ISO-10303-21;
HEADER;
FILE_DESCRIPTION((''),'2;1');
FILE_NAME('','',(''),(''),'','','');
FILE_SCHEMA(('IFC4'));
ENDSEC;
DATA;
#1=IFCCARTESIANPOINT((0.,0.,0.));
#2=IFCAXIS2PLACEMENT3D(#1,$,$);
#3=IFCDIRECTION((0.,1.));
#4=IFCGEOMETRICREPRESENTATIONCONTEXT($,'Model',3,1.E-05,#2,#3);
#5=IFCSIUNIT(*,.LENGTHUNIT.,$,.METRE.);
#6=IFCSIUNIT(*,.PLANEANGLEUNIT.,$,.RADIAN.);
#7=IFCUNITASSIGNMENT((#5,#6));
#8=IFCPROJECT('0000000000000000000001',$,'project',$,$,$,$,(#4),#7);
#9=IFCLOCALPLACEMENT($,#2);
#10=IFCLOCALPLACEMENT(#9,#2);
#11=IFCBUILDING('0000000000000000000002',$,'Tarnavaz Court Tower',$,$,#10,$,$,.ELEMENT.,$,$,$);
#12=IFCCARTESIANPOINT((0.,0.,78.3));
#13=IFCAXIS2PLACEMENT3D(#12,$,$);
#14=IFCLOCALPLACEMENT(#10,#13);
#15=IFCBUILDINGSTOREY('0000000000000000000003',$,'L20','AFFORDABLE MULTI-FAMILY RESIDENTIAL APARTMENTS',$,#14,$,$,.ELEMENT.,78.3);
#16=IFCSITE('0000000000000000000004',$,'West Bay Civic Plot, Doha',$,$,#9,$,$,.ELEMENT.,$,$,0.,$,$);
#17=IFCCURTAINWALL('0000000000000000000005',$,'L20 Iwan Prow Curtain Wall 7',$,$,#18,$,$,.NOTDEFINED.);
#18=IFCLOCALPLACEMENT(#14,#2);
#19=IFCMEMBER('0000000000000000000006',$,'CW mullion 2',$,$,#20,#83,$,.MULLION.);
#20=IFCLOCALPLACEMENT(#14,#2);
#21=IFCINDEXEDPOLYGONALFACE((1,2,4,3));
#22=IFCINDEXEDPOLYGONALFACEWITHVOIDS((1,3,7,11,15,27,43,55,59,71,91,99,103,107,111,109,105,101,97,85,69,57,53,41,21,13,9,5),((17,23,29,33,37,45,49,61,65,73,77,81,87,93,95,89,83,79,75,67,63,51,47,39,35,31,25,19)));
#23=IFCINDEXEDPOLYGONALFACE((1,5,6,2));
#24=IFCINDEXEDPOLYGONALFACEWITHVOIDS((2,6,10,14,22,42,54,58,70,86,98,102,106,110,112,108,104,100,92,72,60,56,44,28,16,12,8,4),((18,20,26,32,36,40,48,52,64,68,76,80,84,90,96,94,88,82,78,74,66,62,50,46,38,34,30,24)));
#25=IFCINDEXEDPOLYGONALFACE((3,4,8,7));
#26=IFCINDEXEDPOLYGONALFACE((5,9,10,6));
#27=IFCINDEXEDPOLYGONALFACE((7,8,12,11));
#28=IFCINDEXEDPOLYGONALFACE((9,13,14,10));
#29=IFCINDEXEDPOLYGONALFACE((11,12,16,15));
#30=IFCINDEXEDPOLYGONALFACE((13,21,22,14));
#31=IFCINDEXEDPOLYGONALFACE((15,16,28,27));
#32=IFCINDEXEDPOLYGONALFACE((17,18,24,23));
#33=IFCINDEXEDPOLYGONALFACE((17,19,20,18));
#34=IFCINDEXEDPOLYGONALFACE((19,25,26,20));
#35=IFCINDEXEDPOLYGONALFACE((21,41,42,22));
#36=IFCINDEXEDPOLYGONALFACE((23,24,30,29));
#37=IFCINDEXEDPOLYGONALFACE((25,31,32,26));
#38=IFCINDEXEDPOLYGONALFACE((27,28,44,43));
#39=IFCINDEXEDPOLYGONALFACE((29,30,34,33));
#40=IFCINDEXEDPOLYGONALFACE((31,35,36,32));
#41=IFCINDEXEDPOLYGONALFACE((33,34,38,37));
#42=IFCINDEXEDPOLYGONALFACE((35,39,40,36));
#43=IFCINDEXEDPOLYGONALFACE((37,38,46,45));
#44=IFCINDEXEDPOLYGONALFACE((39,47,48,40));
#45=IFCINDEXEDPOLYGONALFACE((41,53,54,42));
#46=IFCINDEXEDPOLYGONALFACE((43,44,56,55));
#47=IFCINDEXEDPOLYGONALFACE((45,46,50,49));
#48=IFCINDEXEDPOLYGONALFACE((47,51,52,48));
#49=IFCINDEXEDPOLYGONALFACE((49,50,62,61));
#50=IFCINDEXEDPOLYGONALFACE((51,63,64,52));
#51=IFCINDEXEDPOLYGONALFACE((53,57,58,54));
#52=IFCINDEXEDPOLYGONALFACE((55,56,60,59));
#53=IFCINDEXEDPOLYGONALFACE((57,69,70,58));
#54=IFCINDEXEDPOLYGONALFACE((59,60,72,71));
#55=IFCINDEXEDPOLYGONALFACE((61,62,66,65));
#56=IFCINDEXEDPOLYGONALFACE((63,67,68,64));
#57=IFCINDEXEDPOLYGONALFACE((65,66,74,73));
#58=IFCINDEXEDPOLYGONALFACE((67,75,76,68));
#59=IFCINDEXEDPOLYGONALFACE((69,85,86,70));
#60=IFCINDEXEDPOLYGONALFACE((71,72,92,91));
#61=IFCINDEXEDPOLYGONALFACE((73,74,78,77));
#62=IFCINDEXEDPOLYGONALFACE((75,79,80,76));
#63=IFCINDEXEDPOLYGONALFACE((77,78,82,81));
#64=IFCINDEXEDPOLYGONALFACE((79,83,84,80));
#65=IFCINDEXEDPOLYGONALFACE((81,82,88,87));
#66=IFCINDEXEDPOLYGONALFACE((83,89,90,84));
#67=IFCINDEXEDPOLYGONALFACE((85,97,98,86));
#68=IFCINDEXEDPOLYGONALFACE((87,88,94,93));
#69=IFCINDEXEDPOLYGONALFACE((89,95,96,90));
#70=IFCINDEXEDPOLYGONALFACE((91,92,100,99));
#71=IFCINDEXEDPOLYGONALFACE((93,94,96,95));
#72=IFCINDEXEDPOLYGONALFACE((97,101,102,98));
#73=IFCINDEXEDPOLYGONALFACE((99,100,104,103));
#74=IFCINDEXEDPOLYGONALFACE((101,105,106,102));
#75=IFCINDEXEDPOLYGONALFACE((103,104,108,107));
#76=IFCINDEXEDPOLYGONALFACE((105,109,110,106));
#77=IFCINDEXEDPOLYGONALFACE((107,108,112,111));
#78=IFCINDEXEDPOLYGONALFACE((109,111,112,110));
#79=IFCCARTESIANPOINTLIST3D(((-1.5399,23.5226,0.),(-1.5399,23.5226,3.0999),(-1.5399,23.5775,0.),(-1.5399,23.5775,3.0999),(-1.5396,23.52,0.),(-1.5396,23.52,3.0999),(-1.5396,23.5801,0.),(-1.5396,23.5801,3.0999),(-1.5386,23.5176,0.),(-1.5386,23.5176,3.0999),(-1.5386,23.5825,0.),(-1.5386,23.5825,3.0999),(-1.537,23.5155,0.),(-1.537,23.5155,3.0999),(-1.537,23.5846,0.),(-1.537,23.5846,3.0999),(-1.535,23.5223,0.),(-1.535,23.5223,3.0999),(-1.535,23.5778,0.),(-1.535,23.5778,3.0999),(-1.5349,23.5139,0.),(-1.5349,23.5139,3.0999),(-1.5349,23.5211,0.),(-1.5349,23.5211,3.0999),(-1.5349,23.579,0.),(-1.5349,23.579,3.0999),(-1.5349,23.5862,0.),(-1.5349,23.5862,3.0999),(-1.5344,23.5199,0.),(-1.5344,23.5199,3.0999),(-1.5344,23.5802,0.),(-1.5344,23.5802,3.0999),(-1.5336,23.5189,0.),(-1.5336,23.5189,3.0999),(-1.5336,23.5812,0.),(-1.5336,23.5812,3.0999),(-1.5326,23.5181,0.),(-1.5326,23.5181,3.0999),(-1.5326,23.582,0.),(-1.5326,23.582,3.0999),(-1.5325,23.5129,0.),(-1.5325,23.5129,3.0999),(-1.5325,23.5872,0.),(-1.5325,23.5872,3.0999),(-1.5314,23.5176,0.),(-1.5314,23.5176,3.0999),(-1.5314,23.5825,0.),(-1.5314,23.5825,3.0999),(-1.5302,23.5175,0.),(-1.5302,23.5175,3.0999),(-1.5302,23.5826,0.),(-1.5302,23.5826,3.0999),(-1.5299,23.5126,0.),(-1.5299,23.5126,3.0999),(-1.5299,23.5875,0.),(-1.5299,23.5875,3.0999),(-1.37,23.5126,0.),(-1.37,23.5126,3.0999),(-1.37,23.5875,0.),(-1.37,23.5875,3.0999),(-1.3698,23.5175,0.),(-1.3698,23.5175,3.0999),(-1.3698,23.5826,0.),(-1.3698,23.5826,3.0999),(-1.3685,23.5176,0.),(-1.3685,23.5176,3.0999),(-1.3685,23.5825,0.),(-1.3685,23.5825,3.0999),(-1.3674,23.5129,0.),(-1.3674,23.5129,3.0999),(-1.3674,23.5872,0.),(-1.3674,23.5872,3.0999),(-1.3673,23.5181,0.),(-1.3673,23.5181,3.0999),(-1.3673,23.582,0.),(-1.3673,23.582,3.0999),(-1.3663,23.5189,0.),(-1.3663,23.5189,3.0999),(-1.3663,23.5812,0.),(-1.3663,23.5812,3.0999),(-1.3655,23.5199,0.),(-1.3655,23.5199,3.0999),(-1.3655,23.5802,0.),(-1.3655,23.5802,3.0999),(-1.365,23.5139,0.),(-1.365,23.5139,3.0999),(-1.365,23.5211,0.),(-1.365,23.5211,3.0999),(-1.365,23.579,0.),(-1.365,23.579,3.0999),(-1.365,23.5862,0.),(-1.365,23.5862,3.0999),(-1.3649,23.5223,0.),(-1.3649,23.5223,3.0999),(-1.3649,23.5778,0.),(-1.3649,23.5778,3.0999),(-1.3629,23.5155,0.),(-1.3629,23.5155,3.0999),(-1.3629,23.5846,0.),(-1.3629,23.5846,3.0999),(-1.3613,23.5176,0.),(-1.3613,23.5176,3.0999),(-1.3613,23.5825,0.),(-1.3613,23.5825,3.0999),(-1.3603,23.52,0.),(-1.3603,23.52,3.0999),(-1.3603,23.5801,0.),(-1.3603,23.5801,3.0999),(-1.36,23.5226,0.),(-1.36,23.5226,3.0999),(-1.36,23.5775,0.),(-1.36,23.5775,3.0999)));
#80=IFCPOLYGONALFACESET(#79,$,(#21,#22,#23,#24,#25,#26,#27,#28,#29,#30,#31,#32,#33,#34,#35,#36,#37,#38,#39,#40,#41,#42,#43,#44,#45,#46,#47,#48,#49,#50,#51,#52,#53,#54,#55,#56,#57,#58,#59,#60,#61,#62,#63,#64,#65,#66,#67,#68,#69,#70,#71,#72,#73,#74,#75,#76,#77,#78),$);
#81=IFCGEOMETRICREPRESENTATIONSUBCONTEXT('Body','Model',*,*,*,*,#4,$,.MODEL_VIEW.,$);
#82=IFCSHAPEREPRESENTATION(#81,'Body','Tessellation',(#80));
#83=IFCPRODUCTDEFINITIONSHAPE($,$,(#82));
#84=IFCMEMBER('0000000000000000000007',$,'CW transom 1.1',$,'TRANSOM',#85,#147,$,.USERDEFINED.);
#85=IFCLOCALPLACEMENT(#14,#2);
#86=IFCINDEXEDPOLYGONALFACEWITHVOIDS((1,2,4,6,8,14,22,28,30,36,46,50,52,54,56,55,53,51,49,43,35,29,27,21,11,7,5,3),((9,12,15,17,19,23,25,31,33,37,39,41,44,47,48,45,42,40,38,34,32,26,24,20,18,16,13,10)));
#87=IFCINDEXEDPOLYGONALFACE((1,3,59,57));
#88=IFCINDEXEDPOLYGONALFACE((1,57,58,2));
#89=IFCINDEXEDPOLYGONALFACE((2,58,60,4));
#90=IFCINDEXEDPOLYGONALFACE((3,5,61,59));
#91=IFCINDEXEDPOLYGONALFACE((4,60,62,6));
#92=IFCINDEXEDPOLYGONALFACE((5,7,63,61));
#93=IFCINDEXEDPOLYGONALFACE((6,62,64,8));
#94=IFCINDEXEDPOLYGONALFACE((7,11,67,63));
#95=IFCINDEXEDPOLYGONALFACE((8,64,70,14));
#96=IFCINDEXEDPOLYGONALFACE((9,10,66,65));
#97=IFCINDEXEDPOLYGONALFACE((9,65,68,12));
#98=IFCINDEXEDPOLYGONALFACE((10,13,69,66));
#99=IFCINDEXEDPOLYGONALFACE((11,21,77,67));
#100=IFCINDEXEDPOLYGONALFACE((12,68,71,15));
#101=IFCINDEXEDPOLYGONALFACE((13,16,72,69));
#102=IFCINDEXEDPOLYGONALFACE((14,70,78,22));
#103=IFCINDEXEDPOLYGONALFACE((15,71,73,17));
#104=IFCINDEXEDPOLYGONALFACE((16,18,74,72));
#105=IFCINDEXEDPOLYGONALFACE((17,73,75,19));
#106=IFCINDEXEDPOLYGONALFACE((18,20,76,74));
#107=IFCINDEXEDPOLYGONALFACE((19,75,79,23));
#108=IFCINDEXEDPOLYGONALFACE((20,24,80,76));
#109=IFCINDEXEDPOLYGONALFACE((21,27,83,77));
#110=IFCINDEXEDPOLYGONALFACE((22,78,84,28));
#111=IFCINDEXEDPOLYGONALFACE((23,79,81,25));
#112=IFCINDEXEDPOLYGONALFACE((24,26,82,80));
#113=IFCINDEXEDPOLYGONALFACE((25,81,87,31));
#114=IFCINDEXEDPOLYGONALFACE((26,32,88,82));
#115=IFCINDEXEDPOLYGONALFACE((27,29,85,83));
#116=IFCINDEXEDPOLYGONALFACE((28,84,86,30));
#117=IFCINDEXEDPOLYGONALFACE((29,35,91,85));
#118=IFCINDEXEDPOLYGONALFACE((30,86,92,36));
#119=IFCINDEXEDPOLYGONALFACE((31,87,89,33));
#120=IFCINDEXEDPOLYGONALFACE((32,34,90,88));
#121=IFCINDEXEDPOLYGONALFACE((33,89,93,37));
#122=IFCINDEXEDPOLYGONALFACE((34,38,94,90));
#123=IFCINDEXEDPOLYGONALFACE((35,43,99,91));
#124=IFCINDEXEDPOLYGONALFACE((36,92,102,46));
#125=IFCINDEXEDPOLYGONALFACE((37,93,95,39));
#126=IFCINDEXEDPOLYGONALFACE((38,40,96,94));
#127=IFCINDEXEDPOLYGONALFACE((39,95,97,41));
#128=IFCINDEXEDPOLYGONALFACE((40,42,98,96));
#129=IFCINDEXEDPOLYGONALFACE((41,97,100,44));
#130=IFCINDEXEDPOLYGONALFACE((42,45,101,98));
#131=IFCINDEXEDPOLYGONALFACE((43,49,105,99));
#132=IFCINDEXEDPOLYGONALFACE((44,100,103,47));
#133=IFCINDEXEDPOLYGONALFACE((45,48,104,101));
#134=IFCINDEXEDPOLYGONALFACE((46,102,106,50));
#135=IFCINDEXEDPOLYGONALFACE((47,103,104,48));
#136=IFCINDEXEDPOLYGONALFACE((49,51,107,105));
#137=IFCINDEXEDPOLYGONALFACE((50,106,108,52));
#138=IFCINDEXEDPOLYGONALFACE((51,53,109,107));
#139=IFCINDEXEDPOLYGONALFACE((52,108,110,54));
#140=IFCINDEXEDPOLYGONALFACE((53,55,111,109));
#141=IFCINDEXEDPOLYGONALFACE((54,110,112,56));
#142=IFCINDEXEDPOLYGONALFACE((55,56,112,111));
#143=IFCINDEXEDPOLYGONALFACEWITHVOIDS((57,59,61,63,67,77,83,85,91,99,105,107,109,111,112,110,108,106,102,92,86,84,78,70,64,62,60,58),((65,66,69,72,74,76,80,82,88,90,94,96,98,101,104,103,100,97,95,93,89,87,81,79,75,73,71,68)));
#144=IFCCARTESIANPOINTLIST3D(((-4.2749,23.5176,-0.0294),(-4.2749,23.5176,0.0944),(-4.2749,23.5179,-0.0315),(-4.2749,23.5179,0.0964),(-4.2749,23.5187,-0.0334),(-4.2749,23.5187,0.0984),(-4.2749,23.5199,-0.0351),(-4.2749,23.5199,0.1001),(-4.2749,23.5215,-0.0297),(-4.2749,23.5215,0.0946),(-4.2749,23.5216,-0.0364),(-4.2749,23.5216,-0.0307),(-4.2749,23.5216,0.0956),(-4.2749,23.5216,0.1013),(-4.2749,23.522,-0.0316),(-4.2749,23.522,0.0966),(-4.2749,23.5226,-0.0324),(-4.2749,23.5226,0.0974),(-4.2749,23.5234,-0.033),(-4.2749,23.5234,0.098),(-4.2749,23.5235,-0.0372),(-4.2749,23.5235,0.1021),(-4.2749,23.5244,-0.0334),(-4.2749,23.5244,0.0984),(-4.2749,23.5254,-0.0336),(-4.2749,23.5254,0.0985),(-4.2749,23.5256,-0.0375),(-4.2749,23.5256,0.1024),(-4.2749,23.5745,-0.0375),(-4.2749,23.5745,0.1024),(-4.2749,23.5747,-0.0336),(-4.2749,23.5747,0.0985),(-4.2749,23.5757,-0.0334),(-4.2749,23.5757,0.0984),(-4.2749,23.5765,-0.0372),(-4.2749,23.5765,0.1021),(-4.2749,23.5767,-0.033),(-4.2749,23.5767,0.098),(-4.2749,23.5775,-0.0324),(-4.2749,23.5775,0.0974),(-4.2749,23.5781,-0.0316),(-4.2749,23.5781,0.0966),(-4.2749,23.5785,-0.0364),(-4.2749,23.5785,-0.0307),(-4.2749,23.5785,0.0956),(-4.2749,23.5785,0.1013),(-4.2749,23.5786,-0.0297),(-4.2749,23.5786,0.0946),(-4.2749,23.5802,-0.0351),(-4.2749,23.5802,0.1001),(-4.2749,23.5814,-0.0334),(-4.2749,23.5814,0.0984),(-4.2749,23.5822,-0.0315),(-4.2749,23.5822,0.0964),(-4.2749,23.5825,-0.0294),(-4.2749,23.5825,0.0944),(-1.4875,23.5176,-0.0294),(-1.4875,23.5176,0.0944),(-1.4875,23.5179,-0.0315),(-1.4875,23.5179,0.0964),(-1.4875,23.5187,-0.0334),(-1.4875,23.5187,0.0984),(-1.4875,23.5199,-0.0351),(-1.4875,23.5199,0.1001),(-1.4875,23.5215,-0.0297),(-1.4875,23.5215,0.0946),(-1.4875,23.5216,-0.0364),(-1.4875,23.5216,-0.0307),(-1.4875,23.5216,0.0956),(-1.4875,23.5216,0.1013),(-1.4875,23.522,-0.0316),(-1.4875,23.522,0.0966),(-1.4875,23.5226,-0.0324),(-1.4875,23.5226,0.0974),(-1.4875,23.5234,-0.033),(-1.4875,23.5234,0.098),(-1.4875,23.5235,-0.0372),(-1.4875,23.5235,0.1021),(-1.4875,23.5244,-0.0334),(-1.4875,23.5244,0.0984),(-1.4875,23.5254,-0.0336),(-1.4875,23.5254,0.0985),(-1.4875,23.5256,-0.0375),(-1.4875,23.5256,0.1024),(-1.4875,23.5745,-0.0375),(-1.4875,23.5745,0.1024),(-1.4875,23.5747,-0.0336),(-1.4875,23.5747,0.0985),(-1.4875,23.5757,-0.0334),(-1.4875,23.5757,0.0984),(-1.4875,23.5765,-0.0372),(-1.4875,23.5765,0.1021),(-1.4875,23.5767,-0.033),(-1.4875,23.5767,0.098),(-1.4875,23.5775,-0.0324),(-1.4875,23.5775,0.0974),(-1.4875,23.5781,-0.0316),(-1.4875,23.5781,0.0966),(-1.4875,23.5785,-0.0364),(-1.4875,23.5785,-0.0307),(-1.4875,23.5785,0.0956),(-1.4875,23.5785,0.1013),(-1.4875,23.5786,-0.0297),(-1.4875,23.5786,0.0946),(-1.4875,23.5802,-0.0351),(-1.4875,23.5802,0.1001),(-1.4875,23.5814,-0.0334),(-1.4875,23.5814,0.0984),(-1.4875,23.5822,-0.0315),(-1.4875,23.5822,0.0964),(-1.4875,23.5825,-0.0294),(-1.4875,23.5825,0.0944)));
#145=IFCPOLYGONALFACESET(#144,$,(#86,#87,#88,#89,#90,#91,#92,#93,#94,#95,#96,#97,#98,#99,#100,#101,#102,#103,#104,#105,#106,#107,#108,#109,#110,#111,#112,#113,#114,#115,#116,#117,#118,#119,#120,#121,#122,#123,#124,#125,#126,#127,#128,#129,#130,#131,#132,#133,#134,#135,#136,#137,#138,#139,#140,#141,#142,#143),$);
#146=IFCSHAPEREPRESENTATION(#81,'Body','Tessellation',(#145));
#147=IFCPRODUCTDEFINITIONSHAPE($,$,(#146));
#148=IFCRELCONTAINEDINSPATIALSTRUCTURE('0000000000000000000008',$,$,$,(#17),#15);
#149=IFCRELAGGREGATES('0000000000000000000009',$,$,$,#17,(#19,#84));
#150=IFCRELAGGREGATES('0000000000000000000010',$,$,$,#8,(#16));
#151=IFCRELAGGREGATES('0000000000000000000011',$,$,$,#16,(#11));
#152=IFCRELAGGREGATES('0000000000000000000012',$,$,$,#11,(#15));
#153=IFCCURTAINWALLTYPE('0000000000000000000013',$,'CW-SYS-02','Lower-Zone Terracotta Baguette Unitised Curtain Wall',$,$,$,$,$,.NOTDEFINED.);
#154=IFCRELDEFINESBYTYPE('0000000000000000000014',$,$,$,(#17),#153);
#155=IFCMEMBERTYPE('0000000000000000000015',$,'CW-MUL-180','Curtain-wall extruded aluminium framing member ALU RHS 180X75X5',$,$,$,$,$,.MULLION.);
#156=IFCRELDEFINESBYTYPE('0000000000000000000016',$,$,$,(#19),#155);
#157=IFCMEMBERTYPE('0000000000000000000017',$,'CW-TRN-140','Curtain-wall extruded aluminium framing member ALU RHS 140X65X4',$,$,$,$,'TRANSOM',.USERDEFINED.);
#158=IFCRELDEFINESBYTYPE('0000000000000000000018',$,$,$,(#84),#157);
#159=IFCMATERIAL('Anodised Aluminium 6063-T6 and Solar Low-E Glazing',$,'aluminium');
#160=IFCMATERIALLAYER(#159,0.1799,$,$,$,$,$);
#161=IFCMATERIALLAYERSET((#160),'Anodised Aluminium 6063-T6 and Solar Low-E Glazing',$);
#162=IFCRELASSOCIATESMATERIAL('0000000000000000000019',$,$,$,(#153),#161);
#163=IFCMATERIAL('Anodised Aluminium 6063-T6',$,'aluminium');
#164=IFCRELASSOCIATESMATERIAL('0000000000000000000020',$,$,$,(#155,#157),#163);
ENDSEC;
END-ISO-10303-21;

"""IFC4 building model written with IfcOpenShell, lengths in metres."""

from ifc_helpers import new_model, si_unit, direction, frame, origin, origin_2d, place, context, subcontext, project, spatial, hollow_rectangle, extrude, material, layer, layer_set, material_profile, profile_set, type_object, element, aggregate, save


model = new_model("IFC4")

# Units and contexts
model_context = context("Model", 3, precision=1e-05, world=origin(), true_north=direction((0.0, 1.0)))
body_context = subcontext(model_context, "Body", "Model", "MODEL_VIEW")
ifc_project = project(units=[si_unit("LENGTHUNIT", "METRE"), si_unit("PLANEANGLEUNIT", "RADIAN")], contexts=[model_context])

# Site, building, storey
site_placement = place(None, origin())
site = spatial("IfcSite", under=ifc_project, at=site_placement, Name="West Bay Civic Plot, Doha", CompositionType="ELEMENT", RefElevation=0.0)
building_placement = place(site_placement, origin())
building = spatial("IfcBuilding", under=site, at=building_placement, Name="Tarnavaz Court Tower", CompositionType="ELEMENT")
storey_placement = place(building_placement, frame((0.0, 0.0, 78.3)))
storey = spatial("IfcBuildingStorey", under=building, at=storey_placement, Name="L20", Description="AFFORDABLE MULTI-FAMILY RESIDENTIAL APARTMENTS", CompositionType="ELEMENT", Elevation=78.3)

# Curtain wall, members
ifc_material_1 = material(Name="Anodised Aluminium 6063-T6 and Solar Low-E Glazing", Category="aluminium")
ifc_layer_1 = layer(ifc_material_1, 0.1799)
ifc_layer_set_1 = layer_set([ifc_layer_1], Name="Anodised Aluminium 6063-T6 and Solar Low-E Glazing")
curtain_wall_type = type_object("IfcCurtainWallType", Name="CW-SYS-02", Description="Lower-Zone Terracotta Baguette Unitised Curtain Wall", PredefinedType="NOTDEFINED", material=ifc_layer_set_1)
curtain_wall_placement = place(storey_placement, origin())
curtain_wall = element("IfcCurtainWall", 1, at=curtain_wall_placement, inside=storey, type_object=curtain_wall_type, Name="L20 Iwan Prow Curtain Wall 7", PredefinedType="NOTDEFINED")
ifc_material_2 = material(Name="Anodised Aluminium 6063-T6", Category="aluminium")
ifc_material_profile_1 = material_profile(ifc_material_2, hollow_rectangle(XDim=0.075, YDim=0.1799, WallThickness=0.0049, InnerFilletRadius=0.0049, OuterFilletRadius=0.01, at=origin_2d()), Name="ALU RHS 180X75X5")
ifc_profile_set_1 = profile_set([ifc_material_profile_1], Name="Anodised Aluminium 6063-T6")
member_type_1 = type_object("IfcMemberType", Name="CW-MUL-180", Description="Curtain-wall extruded aluminium framing member ALU RHS 180X75X5", PredefinedType="MULLION", material=ifc_profile_set_1)
member_1_placement = place(storey_placement, frame((-1.45, 23.55, 0.0), z_axis=(0.0, 0.0, 1.0), x_axis=(0.0, 1.0, 0.0)))
member_1 = element("IfcMember", 2, at=member_1_placement, type_object=member_type_1, Name="CW mullion 2", PredefinedType="MULLION", context=body_context, shape_type="SweptSolid", body=[
    extrude(hollow_rectangle(XDim=0.075, YDim=0.1799, WallThickness=0.0049, InnerFilletRadius=0.0049, OuterFilletRadius=0.01, at=origin_2d()), origin(), (0.0, 0.0, 1.0), 3.0999),
])
ifc_material_profile_2 = material_profile(ifc_material_2, hollow_rectangle(XDim=0.0649, YDim=0.1399, WallThickness=0.0039, InnerFilletRadius=0.0039, OuterFilletRadius=0.0081, at=origin_2d()), Name="ALU RHS 140X65X4")
ifc_profile_set_2 = profile_set([ifc_material_profile_2], Name="Anodised Aluminium 6063-T6")
member_type_2 = type_object("IfcMemberType", Name="CW-TRN-140", Description="Curtain-wall extruded aluminium framing member ALU RHS 140X65X4", ElementType="TRANSOM", PredefinedType="USERDEFINED", material=ifc_profile_set_2)
member_2_placement = place(storey_placement, frame((-4.2749, 23.55, 0.0325), z_axis=(1.0, 0.0, 0.0), x_axis=(0.0, 1.0, 0.0)))
member_2 = element("IfcMember", 3, at=member_2_placement, type_object=member_type_2, Name="CW transom 1.1", ObjectType="TRANSOM", PredefinedType="USERDEFINED", context=body_context, shape_type="SweptSolid", body=[
    extrude(hollow_rectangle(XDim=0.0649, YDim=0.1399, WallThickness=0.0039, InnerFilletRadius=0.0039, OuterFilletRadius=0.0081, at=origin_2d()), origin(), (0.0, 0.0, 1.0), 2.7874),
])
aggregate(curtain_wall, [member_1, member_2])

save(model, "model.ifc")
